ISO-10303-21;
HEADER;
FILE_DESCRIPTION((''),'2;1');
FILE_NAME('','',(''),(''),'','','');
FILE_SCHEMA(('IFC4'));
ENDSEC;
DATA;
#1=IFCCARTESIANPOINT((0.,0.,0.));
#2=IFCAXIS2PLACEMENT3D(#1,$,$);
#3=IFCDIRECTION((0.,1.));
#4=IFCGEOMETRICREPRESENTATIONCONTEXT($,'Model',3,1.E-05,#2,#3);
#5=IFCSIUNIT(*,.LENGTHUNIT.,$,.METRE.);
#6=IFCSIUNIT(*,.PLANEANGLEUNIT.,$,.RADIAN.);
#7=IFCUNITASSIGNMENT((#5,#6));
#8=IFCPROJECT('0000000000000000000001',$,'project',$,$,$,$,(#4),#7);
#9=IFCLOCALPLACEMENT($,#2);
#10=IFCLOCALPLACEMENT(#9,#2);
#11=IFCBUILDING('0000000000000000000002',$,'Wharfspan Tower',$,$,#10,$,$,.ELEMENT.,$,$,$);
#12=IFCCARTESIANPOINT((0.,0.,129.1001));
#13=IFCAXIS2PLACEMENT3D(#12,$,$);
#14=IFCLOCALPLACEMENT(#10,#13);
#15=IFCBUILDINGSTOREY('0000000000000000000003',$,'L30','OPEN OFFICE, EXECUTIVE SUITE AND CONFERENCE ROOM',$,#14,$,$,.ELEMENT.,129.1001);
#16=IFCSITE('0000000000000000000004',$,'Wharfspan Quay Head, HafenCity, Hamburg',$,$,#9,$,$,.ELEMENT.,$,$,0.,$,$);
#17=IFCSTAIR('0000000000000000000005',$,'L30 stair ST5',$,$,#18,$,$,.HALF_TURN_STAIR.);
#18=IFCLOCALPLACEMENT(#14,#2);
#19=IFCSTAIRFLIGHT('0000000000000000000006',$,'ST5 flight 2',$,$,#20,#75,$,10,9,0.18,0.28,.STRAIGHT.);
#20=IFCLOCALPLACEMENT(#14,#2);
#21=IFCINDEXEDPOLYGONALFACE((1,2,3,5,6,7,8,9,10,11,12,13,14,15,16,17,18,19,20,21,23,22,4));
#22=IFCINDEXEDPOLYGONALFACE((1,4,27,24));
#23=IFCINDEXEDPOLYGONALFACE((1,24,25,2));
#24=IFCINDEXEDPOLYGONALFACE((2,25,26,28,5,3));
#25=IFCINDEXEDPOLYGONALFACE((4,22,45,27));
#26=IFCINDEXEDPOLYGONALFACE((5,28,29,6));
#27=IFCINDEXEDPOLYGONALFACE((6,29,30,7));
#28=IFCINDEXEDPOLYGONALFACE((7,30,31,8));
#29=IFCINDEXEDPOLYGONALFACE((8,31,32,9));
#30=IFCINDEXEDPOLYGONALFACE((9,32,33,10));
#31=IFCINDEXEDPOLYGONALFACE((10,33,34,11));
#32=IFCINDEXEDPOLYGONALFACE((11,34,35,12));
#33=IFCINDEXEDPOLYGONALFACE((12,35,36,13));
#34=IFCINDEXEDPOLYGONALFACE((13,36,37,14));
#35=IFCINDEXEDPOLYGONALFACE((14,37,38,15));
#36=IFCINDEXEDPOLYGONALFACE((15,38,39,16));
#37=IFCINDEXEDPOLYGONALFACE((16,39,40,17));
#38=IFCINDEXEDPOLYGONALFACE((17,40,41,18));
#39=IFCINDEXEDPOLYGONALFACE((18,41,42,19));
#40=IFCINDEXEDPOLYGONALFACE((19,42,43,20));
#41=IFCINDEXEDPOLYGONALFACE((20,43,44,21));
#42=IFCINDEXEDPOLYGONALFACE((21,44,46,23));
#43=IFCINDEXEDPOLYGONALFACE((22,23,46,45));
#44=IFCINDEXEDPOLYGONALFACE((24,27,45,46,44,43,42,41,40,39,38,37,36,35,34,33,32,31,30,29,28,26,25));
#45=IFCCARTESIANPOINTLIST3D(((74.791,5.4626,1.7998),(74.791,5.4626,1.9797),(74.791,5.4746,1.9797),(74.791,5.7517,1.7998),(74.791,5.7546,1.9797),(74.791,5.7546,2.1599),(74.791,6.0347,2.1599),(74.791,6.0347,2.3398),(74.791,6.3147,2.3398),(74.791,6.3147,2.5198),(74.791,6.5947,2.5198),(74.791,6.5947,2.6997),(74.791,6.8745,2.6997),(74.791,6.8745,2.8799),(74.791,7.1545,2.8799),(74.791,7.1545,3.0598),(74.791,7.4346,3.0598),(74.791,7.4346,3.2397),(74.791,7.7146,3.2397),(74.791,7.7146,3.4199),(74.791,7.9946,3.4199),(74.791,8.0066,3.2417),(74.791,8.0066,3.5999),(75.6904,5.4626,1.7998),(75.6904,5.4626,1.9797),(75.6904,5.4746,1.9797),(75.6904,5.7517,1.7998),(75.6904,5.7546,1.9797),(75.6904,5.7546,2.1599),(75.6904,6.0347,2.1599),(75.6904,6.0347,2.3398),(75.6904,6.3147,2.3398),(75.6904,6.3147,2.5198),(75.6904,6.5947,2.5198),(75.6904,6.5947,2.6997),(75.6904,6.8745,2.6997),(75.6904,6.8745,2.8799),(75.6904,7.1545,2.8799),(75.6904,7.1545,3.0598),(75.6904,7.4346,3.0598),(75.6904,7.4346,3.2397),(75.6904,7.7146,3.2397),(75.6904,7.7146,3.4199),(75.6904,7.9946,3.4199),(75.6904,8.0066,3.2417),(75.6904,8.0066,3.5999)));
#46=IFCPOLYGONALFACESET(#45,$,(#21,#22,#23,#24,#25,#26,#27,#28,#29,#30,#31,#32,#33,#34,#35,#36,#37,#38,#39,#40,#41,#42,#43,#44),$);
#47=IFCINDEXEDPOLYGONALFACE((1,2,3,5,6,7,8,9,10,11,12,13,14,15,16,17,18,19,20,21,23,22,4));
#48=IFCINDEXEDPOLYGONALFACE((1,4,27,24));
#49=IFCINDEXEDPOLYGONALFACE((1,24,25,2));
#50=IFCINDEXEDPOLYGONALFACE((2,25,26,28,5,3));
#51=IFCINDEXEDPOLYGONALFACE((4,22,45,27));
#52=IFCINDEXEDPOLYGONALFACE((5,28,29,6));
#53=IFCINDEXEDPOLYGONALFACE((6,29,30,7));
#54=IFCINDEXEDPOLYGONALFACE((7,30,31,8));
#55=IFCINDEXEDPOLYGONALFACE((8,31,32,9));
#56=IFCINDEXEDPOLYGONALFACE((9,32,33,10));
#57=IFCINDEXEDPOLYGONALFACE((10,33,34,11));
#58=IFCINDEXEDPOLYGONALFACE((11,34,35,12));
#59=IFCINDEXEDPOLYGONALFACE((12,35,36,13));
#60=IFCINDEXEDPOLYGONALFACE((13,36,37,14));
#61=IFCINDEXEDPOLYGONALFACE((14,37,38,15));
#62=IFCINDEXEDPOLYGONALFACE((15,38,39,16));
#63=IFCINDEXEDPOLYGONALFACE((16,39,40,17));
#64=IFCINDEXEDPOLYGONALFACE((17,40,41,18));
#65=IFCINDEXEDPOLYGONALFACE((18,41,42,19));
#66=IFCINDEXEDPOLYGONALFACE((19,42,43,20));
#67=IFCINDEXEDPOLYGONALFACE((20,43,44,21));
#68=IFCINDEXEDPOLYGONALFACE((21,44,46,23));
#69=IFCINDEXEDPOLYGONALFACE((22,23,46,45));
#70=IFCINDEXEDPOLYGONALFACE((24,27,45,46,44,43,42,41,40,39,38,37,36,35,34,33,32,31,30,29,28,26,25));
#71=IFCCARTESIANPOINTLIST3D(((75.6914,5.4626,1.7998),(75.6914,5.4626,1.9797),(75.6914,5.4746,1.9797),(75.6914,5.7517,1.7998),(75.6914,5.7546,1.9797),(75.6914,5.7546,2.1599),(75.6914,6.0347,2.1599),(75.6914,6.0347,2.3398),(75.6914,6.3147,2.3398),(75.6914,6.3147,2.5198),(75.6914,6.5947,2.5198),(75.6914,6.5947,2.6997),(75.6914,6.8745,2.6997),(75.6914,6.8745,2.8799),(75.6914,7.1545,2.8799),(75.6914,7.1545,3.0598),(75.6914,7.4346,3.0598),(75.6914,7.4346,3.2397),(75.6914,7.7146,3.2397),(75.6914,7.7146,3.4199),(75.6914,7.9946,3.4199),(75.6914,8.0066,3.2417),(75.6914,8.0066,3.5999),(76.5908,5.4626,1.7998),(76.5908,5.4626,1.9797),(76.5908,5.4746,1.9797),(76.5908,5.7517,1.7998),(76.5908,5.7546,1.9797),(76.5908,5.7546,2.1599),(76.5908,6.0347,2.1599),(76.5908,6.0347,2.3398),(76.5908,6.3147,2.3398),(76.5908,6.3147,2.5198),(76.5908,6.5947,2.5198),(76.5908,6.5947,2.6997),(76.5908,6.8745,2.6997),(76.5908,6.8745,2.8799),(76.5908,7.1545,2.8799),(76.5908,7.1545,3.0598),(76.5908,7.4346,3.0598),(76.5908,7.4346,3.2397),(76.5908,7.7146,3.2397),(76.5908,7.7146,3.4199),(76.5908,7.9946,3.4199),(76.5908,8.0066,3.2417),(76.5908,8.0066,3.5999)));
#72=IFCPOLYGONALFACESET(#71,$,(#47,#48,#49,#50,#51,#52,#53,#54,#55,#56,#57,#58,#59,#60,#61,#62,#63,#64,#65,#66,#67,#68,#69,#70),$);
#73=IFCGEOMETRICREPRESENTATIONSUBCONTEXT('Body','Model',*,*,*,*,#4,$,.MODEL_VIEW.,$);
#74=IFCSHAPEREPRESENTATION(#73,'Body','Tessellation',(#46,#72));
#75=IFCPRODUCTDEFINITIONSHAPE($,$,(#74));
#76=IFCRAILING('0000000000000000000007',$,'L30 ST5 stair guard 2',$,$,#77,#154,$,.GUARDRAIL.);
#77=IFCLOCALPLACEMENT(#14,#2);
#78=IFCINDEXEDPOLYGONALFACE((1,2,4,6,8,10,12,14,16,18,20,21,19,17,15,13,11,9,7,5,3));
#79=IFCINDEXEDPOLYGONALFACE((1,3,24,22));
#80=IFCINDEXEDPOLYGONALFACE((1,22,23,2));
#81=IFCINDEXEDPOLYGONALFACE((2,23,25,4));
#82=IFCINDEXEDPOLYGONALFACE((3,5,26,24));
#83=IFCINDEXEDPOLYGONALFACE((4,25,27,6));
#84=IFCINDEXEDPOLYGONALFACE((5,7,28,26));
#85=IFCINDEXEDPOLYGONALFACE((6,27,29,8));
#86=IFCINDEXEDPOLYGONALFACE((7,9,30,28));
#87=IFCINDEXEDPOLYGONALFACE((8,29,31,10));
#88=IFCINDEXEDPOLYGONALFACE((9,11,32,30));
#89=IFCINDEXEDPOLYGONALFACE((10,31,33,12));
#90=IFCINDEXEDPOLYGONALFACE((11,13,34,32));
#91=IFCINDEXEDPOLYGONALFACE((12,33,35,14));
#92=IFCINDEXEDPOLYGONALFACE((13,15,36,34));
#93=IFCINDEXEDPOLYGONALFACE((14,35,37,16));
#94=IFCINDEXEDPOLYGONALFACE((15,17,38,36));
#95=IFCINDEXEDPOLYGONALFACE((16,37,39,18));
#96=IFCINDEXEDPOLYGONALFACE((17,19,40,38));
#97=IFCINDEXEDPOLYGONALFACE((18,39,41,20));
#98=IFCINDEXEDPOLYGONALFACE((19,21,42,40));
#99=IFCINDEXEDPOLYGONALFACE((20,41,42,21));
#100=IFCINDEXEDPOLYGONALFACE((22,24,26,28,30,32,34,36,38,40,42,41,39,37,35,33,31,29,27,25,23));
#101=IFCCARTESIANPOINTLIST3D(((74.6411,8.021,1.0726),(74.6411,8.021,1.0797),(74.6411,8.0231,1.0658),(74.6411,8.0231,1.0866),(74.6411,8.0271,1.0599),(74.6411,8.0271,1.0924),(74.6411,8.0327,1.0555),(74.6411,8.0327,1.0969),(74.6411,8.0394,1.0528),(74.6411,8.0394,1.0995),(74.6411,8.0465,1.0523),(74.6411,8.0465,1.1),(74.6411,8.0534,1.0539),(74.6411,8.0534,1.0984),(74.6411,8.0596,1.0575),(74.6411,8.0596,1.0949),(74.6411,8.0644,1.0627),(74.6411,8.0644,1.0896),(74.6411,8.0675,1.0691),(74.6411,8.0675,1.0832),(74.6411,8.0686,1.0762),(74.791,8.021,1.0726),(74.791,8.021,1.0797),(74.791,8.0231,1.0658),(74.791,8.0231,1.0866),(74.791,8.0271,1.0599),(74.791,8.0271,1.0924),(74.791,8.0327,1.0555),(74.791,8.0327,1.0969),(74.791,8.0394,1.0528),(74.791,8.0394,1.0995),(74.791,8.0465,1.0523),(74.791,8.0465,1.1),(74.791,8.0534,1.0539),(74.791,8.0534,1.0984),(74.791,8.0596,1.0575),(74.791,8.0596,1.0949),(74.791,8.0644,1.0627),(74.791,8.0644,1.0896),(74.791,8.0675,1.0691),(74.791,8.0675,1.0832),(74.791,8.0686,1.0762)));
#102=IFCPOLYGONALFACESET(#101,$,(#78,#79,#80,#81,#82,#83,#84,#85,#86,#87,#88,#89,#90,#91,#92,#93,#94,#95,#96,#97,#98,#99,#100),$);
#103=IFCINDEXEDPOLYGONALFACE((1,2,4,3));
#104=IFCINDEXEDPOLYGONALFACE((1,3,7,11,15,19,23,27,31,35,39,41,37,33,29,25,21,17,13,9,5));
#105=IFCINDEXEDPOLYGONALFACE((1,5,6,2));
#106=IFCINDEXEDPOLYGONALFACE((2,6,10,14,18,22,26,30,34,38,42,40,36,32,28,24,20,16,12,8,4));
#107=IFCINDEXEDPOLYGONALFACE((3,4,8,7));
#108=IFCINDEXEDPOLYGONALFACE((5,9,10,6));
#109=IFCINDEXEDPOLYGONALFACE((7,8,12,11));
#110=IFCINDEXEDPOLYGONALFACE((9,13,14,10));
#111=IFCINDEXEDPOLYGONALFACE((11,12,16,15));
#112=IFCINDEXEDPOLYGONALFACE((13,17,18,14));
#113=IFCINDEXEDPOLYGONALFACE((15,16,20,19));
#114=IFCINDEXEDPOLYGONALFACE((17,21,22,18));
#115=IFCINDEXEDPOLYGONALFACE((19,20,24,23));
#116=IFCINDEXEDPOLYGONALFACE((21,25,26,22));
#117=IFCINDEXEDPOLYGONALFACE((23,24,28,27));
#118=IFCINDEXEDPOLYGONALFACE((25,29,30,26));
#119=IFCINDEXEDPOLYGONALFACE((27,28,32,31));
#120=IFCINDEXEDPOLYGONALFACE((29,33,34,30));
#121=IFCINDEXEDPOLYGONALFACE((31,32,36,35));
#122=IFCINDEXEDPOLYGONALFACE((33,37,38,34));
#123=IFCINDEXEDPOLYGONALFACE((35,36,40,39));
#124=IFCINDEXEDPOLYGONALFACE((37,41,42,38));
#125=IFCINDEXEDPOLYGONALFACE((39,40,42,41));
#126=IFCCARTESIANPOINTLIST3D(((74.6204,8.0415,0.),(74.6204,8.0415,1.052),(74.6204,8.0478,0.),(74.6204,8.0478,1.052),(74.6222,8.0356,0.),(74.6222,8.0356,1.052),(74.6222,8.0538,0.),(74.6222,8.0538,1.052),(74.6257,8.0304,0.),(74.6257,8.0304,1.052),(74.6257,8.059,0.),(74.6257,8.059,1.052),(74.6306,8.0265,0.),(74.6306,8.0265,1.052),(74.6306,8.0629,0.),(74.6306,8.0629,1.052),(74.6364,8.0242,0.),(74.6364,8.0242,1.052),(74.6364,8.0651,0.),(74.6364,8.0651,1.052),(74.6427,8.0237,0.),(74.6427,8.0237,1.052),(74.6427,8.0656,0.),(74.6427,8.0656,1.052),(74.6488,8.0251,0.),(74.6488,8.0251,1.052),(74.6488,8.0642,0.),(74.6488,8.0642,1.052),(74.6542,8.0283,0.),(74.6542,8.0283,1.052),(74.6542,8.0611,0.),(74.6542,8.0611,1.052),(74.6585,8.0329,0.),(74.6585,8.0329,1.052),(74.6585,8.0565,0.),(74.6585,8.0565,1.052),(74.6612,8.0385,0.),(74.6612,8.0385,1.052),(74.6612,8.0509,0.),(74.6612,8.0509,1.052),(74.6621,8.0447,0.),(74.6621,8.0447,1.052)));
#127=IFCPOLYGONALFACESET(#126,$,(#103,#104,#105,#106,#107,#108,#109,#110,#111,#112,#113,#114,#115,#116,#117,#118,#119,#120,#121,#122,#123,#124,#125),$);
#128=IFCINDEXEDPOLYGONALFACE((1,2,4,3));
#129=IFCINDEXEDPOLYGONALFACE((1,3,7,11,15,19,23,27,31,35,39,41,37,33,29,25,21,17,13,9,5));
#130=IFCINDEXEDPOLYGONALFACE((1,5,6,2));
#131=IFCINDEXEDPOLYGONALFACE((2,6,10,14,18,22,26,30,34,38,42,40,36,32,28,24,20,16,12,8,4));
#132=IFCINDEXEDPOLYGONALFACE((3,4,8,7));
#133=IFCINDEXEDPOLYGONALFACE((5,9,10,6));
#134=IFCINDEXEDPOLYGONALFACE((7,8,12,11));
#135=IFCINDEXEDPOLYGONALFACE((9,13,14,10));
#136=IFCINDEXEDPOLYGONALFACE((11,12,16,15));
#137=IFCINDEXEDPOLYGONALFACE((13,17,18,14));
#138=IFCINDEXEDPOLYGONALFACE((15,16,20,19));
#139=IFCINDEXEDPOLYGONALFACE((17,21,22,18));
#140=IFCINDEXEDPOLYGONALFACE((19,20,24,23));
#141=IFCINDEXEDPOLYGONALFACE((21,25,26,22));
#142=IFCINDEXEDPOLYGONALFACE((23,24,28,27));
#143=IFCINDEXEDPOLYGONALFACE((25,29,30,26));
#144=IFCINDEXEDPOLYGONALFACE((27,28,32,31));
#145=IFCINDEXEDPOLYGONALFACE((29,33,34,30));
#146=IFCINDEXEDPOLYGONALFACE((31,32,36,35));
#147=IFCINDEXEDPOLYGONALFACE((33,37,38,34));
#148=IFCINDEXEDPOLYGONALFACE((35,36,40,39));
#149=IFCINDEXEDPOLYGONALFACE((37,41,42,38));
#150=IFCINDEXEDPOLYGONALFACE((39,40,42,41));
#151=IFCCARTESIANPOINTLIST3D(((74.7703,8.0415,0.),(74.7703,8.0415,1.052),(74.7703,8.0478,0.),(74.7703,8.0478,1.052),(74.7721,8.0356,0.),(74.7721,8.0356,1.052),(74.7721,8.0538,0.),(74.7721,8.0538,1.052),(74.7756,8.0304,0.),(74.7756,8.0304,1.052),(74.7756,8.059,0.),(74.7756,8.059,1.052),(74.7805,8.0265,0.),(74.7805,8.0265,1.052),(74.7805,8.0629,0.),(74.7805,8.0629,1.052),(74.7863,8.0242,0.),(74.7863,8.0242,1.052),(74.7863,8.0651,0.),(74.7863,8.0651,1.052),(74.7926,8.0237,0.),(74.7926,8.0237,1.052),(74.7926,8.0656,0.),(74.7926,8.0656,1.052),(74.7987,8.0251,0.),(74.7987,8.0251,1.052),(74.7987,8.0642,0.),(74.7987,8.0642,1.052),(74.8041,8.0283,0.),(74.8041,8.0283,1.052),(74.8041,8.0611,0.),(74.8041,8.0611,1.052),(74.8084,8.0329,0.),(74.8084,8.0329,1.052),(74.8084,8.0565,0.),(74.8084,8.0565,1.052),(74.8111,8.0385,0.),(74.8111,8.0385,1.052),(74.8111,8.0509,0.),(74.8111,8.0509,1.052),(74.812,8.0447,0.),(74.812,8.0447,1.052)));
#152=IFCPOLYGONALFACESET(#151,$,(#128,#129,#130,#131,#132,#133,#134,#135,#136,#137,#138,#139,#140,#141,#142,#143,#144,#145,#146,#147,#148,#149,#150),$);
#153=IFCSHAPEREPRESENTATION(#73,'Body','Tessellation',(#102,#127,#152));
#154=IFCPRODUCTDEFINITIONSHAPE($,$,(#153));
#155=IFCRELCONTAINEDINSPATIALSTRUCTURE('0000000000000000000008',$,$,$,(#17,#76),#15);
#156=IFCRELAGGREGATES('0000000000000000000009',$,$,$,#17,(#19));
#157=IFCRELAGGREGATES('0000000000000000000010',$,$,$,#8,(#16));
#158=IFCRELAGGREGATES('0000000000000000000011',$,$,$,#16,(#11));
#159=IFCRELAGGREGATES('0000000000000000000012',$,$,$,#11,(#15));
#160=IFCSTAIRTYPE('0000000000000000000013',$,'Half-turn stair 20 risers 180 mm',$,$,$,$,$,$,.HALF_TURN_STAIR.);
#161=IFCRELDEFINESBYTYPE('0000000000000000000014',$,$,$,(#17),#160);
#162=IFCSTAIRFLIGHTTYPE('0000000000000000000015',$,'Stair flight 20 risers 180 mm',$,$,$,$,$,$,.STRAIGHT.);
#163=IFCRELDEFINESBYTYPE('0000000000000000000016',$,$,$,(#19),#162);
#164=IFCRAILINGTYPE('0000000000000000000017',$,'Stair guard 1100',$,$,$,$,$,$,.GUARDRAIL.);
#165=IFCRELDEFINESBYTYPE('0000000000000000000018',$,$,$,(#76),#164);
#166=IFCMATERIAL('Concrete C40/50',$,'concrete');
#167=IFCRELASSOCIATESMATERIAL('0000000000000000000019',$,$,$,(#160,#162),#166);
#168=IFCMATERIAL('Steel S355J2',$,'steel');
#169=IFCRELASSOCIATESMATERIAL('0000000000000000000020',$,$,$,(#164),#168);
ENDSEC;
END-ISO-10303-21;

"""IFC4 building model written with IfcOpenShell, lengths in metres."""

from ifc_helpers import new_model, si_unit, direction, frame, origin, origin_2d, place, context, subcontext, project, spatial, polyline, circle, outline, extrude, material, type_object, element, aggregate, save


model = new_model("IFC4")

# Units and contexts
model_context = context("Model", 3, precision=1e-05, world=origin(), true_north=direction((0.0, 1.0)))
body_context = subcontext(model_context, "Body", "Model", "MODEL_VIEW")
ifc_project = project(units=[si_unit("LENGTHUNIT", "METRE"), si_unit("PLANEANGLEUNIT", "RADIAN")], contexts=[model_context])

# Site, building, storey
site_placement = place(None, origin())
site = spatial("IfcSite", under=ifc_project, at=site_placement, Name="Wharfspan Quay Head, HafenCity, Hamburg", CompositionType="ELEMENT", RefElevation=0.0)
building_placement = place(site_placement, origin())
building = spatial("IfcBuilding", under=site, at=building_placement, Name="Wharfspan Tower", CompositionType="ELEMENT")
storey_placement = place(building_placement, frame((0.0, 0.0, 129.1001)))
storey = spatial("IfcBuildingStorey", under=building, at=storey_placement, Name="L30", Description="OPEN OFFICE, EXECUTIVE SUITE AND CONFERENCE ROOM", CompositionType="ELEMENT", Elevation=129.1001)

# Shared definitions
ifc_material_1 = material(Name="Steel S355J2", Category="steel")

# Shared definitions
ifc_material_2 = material(Name="Concrete C40/50", Category="concrete")

# Stair, stair flight
stair_type = type_object("IfcStairType", Name="Half-turn stair 20 risers 180 mm", PredefinedType="HALF_TURN_STAIR", material=ifc_material_2)
stair_placement = place(storey_placement, origin())
stair = element("IfcStair", 1, at=stair_placement, inside=storey, type_object=stair_type, Name="L30 stair ST5", PredefinedType="HALF_TURN_STAIR")
stair_flight_type = type_object("IfcStairFlightType", Name="Stair flight 20 risers 180 mm", PredefinedType="STRAIGHT", material=ifc_material_2)
stair_flight_1_placement = place(storey_placement, frame((75.6909, 5.4746, 1.7998), z_axis=(0.0, 0.0, 1.0), x_axis=(0.0, 1.0, 0.0)))
stair_flight_1 = element("IfcStairFlight", 2, at=stair_flight_1_placement, type_object=stair_flight_type, Name="ST5 flight 2", NumberOfRisers=10, NumberOfTreads=9, PredefinedType="STRAIGHT", RiserHeight=0.18, TreadLength=0.28, context=body_context, shape_type="SweptSolid", body=[
    extrude(outline(polyline([(-0.012, 0.0), (-0.012, 0.1799), (0.0, 0.1799), (0.28, 0.1799), (0.28, 0.3601), (0.5601, 0.3601), (0.5601, 0.54), (0.8401, 0.54), (0.8401, 0.72), (1.1201, 0.72), (1.1201, 0.8999), (1.3999, 0.8999), (1.3999, 1.0801), (1.6799, 1.0801), (1.6799, 1.26), (1.96, 1.26), (1.96, 1.4399), (2.24, 1.4399), (2.24, 1.6201), (2.52, 1.6201), (2.532, 1.8), (2.532, 1.4419), (0.2771, 0.0), (-0.012, 0.0)])), frame((0.0, 0.8999, 0.0), z_axis=(0.0, -1.0, 0.0), x_axis=(1.0, 0.0, 0.0)), (0.0, 0.0, 1.0), 0.8994),
    extrude(outline(polyline([(-0.012, 0.0), (-0.012, 0.1799), (0.0, 0.1799), (0.28, 0.1799), (0.28, 0.3601), (0.5601, 0.3601), (0.5601, 0.54), (0.8401, 0.54), (0.8401, 0.72), (1.1201, 0.72), (1.1201, 0.8999), (1.3999, 0.8999), (1.3999, 1.0801), (1.6799, 1.0801), (1.6799, 1.26), (1.96, 1.26), (1.96, 1.4399), (2.24, 1.4399), (2.24, 1.6201), (2.52, 1.6201), (2.532, 1.8), (2.532, 1.4419), (0.2771, 0.0), (-0.012, 0.0)])), frame((0.0, -0.0005, 0.0), z_axis=(0.0, -1.0, 0.0), x_axis=(1.0, 0.0, 0.0)), (0.0, 0.0, 1.0), 0.8994),
])
aggregate(stair, [stair_flight_1])

# Railing
railing_type_1 = type_object("IfcRailingType", Name="Stair guard 1100", PredefinedType="GUARDRAIL", material=ifc_material_1)
railing_1_placement = place(storey_placement, frame((74.6411, 8.0447, 0.0)))
element("IfcRailing", 3, at=railing_1_placement, inside=storey, type_object=railing_type_1, Name="L30 ST5 stair guard 2", PredefinedType="GUARDRAIL", context=body_context, shape_type="SweptSolid", body=[
    extrude(circle(Radius=0.0239, at=origin_2d()), frame((0.0, 0.0, 1.0762), z_axis=(1.0, 0.0, 0.0), x_axis=(0.0, 1.0, 0.0)), (0.0, 0.0, 1.0), 0.1499),
    extrude(circle(Radius=0.021, at=origin_2d()), origin(), (0.0, 0.0, 1.0), 1.052),
    extrude(circle(Radius=0.021, at=origin_2d()), frame((0.1499, 0.0, 0.0)), (0.0, 0.0, 1.0), 1.052),
])

save(model, "model.ifc")
